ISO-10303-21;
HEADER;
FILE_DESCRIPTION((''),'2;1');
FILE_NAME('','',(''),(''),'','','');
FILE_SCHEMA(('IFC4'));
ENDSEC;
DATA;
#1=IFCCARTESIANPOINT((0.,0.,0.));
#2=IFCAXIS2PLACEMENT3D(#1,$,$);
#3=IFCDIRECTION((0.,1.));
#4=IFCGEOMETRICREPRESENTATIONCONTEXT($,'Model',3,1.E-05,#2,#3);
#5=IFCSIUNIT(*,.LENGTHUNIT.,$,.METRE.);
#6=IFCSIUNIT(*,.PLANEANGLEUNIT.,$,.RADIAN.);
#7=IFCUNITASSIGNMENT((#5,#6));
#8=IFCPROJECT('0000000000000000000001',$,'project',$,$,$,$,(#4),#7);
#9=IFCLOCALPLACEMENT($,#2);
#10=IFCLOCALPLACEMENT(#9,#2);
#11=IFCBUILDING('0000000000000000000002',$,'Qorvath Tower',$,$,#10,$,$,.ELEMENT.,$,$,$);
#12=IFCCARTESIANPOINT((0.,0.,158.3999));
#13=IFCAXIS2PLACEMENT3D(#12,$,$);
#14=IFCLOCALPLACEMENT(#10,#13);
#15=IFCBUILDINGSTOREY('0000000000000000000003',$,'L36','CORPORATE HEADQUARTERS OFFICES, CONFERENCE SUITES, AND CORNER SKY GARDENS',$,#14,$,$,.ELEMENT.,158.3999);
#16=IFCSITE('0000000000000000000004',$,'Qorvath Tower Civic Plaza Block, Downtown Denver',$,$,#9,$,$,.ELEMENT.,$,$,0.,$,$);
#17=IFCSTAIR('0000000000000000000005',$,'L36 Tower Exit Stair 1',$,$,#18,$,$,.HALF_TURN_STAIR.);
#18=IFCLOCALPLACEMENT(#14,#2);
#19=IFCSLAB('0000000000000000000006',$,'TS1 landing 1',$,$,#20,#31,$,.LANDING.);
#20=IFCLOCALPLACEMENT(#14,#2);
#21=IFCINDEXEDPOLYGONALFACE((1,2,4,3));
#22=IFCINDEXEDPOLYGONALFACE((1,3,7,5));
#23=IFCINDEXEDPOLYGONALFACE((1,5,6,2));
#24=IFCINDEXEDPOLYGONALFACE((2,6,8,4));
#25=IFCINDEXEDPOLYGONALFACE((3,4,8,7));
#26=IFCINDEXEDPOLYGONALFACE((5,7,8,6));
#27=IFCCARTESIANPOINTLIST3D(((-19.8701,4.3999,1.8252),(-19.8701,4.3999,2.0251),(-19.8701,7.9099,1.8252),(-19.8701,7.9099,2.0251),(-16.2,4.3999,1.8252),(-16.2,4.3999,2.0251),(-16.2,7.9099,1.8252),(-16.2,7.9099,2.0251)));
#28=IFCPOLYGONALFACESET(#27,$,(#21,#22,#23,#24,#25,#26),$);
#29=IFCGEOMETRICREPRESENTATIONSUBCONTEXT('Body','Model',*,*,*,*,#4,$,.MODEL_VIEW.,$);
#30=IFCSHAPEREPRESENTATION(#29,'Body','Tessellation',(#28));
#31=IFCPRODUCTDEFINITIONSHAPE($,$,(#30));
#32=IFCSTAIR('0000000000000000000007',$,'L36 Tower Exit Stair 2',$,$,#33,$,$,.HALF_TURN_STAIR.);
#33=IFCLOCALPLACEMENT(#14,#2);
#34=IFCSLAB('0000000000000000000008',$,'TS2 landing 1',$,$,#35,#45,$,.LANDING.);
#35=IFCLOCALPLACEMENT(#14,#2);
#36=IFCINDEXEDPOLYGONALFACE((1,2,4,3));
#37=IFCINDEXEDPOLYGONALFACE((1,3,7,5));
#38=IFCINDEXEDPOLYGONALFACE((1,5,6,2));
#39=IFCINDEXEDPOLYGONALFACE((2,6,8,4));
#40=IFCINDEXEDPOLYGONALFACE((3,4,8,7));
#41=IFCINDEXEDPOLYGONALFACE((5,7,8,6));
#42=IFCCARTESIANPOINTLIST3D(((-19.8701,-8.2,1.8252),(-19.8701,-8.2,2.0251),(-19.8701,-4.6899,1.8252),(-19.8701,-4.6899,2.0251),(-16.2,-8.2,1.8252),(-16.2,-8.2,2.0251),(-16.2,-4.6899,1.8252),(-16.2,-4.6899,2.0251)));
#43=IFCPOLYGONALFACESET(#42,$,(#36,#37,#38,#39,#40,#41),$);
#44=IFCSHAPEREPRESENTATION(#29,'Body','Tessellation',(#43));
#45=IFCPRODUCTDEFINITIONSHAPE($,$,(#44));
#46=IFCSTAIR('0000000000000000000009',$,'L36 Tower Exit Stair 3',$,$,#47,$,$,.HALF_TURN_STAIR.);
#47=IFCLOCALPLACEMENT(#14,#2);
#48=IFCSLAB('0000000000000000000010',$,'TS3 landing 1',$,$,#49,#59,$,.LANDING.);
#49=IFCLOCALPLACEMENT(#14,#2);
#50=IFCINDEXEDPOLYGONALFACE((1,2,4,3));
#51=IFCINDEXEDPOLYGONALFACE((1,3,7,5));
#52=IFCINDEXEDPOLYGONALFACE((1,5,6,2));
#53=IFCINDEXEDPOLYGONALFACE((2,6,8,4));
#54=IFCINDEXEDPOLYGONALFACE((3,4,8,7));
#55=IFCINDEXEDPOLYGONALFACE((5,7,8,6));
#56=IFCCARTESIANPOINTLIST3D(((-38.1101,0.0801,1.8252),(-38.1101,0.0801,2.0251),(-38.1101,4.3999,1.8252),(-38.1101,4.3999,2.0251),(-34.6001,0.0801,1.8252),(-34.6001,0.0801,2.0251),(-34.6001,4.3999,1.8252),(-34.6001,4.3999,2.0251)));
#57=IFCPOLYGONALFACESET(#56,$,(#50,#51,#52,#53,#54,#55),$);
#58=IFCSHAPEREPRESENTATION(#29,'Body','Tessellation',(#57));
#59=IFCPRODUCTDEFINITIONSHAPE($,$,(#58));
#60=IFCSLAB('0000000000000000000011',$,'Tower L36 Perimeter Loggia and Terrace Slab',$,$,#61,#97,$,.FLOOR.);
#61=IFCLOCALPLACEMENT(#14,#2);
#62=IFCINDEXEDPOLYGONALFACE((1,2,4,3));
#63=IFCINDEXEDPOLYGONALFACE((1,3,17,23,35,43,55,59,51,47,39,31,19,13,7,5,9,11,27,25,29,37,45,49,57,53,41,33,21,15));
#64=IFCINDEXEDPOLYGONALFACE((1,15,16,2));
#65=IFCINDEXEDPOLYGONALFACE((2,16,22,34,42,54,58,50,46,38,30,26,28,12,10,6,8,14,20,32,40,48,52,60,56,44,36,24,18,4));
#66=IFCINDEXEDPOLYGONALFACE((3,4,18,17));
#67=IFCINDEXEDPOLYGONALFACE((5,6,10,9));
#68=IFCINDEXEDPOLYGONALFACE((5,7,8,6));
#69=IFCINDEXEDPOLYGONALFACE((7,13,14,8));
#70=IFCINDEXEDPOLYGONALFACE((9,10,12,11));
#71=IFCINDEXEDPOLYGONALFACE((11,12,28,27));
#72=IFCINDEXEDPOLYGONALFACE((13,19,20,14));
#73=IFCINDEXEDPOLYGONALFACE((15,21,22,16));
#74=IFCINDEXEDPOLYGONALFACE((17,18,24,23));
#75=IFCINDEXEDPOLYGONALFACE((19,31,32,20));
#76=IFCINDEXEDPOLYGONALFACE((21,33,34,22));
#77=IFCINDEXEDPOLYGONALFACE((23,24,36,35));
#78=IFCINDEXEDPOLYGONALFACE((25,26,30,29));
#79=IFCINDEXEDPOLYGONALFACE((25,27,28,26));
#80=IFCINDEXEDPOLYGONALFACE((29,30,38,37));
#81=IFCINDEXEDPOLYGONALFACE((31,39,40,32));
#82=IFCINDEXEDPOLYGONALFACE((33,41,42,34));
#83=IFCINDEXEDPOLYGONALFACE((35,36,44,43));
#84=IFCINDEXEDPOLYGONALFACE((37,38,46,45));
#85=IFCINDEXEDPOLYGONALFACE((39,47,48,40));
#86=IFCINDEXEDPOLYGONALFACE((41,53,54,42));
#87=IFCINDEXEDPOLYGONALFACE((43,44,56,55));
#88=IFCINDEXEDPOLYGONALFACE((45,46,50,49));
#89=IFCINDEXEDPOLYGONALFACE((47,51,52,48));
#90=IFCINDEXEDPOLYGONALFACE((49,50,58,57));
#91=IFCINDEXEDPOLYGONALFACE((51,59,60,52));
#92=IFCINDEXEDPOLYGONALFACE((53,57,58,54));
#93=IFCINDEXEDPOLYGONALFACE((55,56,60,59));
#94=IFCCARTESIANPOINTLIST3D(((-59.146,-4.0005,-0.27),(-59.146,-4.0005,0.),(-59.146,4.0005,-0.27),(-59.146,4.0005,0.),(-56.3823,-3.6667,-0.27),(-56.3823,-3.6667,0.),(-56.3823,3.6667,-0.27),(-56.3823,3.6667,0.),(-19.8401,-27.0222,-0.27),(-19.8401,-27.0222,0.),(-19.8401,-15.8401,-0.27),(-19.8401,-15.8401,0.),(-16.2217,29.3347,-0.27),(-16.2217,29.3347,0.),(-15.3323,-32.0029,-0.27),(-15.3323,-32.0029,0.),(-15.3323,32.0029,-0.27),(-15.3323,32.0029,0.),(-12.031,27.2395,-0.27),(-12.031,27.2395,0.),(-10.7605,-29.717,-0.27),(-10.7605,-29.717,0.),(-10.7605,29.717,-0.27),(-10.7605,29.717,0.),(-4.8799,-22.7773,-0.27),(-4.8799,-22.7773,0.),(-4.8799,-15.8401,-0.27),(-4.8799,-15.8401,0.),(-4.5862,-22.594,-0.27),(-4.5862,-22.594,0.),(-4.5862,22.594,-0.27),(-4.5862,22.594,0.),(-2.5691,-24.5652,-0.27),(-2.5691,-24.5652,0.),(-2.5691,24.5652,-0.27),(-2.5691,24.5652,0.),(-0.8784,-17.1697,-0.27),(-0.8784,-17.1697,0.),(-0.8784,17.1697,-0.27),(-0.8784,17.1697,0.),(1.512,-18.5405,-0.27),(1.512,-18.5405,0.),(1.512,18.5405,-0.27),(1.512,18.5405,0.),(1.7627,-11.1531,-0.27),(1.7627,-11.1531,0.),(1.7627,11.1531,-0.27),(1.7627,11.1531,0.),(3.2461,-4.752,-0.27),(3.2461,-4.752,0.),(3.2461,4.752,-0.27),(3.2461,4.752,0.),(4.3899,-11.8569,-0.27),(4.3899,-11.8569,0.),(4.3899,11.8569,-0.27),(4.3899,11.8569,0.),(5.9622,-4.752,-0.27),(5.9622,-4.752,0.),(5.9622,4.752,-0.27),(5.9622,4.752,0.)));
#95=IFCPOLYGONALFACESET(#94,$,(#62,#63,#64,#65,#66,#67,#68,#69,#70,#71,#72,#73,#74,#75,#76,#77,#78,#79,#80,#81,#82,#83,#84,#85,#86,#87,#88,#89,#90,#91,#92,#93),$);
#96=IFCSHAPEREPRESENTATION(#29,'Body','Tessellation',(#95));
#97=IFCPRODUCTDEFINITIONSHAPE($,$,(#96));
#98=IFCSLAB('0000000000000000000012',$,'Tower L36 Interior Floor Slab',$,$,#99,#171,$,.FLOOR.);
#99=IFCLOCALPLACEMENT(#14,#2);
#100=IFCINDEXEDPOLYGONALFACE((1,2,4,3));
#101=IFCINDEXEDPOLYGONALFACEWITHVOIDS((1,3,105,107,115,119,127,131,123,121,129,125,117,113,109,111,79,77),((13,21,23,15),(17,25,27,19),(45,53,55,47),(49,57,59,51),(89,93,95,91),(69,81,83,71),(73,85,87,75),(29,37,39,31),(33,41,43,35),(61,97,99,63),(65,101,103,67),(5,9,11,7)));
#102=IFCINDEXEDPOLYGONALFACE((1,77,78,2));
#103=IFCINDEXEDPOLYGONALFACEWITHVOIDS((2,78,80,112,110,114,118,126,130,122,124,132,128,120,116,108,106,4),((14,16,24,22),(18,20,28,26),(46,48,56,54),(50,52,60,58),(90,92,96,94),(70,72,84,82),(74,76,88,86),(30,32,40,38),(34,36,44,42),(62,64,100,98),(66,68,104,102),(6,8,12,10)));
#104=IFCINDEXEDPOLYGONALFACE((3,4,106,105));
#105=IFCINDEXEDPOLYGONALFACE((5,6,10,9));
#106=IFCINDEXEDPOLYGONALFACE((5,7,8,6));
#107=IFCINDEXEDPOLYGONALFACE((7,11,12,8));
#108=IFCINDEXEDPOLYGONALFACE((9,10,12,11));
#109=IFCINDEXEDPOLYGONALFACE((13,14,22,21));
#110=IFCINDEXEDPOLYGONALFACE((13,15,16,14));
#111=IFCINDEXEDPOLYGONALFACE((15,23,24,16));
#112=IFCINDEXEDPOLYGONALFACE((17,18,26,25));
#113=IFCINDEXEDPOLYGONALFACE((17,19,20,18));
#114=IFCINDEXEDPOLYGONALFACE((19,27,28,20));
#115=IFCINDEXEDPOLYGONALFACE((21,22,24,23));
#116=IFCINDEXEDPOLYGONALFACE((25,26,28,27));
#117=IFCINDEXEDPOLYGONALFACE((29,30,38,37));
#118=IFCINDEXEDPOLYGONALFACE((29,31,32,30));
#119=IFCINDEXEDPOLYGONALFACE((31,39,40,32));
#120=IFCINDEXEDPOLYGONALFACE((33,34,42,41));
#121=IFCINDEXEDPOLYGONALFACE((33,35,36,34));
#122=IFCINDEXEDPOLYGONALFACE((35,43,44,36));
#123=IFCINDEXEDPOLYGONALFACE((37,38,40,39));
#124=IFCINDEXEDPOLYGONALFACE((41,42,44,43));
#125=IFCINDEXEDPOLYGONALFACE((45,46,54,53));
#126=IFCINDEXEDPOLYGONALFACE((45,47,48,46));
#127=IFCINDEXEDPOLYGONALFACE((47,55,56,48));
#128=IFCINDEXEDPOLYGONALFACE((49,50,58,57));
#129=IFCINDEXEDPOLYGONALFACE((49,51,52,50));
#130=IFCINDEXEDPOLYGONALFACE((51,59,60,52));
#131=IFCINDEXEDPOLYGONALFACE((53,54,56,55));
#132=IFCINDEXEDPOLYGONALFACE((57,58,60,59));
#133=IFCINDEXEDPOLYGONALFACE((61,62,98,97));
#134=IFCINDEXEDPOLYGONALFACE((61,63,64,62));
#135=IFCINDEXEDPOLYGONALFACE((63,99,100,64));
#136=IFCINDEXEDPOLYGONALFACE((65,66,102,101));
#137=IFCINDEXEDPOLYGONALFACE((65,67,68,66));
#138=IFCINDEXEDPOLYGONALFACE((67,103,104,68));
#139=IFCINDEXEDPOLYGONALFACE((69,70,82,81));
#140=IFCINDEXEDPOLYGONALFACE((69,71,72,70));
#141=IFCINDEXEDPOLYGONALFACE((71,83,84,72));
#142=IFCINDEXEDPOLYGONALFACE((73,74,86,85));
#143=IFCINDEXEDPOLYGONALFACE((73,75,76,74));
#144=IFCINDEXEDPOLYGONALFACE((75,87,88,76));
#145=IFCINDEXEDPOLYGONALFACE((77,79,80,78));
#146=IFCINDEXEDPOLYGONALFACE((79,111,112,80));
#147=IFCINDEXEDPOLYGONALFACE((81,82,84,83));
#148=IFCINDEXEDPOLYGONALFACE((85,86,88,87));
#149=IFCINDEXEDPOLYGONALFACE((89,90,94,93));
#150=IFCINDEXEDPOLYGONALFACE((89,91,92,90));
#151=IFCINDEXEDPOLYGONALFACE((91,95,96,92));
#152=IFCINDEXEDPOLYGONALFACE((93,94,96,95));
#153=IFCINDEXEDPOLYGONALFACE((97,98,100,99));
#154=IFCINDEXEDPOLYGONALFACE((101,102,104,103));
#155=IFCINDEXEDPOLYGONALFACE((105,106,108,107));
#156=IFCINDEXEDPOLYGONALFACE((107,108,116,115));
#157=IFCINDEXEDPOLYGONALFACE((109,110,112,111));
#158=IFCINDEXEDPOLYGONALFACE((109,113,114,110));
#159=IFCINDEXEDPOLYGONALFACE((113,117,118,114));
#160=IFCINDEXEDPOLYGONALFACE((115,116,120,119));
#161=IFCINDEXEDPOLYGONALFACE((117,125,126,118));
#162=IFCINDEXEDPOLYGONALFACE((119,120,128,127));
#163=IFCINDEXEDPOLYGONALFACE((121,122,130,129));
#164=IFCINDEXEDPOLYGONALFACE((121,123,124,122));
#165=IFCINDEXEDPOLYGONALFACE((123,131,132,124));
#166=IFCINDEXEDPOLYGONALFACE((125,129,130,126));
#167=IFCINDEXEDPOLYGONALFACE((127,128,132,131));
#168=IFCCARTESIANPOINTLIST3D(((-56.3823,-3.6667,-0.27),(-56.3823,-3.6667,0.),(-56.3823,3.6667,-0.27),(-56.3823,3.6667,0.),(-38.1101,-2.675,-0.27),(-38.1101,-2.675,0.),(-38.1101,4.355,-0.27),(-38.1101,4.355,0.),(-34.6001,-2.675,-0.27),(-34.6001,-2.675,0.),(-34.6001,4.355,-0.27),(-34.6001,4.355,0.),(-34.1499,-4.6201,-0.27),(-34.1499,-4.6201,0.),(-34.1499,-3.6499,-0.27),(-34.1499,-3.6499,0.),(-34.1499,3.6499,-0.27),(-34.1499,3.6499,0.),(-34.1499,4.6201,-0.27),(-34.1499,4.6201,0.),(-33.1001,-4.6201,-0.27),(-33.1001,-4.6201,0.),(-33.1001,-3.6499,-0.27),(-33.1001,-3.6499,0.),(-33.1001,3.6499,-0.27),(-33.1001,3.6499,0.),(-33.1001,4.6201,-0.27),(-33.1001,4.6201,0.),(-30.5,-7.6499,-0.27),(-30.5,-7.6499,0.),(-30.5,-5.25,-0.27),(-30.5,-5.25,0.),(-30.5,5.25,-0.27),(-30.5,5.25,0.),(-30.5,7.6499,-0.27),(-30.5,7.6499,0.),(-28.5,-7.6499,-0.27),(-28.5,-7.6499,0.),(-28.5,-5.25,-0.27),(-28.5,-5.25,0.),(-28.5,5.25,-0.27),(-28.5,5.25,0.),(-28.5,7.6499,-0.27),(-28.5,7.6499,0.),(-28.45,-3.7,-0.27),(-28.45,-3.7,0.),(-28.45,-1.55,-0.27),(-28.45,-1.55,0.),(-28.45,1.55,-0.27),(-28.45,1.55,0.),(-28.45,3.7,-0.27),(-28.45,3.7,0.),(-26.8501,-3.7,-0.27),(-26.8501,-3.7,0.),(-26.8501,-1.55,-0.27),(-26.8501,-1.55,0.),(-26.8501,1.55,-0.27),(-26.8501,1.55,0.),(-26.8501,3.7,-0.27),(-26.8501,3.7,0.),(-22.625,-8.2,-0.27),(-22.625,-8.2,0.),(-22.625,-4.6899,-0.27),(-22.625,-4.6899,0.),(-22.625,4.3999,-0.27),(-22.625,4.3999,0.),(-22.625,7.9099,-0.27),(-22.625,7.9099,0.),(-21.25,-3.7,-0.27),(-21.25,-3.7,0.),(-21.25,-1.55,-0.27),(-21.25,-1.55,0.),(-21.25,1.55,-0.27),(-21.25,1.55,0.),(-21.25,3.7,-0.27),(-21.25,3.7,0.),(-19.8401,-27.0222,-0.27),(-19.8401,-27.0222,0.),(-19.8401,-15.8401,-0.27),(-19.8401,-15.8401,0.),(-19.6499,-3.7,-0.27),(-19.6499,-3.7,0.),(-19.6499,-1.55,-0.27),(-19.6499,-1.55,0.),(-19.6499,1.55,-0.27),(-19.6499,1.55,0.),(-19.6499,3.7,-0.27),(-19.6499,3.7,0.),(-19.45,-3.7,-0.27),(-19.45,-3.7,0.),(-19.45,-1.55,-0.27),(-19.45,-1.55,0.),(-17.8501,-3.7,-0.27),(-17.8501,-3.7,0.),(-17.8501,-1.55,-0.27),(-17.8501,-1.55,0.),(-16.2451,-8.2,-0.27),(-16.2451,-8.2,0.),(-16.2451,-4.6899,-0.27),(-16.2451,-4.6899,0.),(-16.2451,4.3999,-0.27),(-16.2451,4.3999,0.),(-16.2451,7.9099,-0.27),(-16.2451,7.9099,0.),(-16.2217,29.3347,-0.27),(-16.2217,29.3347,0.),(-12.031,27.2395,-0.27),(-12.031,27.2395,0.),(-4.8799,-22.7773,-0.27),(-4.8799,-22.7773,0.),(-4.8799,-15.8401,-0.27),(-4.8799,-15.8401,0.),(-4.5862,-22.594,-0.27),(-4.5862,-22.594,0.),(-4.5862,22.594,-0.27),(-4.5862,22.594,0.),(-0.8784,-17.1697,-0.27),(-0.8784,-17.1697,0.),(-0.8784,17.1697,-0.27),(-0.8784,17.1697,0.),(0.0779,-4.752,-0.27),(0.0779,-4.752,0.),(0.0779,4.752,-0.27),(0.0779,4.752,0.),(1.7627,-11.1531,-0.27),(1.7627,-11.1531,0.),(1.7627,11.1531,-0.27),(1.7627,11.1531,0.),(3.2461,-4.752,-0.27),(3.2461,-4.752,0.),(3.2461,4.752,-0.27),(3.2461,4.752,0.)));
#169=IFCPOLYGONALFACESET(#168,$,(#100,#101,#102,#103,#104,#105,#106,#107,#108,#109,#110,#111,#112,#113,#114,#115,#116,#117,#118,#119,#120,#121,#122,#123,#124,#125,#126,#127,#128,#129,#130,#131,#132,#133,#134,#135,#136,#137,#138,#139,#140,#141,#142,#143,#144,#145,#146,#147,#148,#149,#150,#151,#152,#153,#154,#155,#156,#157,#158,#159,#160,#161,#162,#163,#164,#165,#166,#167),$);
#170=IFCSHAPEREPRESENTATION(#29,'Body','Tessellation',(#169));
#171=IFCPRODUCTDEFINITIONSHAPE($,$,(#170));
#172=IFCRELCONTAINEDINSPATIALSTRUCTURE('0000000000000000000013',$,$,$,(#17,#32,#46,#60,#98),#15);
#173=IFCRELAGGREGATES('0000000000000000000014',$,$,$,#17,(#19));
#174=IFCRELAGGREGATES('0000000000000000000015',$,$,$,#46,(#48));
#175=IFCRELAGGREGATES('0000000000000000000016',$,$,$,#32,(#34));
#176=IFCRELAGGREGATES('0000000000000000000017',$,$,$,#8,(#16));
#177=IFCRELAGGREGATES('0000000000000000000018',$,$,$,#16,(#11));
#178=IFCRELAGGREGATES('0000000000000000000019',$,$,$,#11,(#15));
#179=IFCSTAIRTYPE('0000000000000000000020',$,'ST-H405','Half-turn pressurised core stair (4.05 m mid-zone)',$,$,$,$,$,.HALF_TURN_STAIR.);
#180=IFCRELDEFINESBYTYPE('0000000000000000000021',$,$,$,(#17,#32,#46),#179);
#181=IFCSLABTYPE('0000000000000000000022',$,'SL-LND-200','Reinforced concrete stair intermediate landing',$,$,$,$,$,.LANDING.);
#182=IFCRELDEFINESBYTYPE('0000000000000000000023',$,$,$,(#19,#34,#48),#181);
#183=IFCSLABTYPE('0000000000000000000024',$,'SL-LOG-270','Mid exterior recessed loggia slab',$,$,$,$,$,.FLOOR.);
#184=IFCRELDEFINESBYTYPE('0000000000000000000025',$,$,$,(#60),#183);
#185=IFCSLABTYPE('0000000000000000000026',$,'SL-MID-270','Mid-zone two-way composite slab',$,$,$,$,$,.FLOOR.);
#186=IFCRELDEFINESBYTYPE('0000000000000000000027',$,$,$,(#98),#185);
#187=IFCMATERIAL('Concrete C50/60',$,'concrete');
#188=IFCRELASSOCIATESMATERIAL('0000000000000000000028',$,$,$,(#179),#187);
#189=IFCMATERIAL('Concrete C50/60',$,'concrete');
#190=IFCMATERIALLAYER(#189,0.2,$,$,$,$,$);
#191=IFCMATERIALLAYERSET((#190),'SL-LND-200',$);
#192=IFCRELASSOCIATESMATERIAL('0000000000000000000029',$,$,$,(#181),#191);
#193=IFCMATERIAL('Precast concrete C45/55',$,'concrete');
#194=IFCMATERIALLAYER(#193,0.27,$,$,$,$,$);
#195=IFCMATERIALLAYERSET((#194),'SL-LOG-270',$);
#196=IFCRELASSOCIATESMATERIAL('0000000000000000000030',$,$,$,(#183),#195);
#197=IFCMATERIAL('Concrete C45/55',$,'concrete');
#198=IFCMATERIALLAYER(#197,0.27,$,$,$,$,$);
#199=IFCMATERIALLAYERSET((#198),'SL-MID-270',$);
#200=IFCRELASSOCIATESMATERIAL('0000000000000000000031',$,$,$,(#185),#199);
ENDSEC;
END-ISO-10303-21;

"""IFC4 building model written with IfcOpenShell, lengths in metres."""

from ifc_helpers import new_model, si_unit, direction, frame, origin, place, context, subcontext, project, spatial, polyline, outline, extrude, material, layer, layer_set, type_object, element, aggregate, save


model = new_model("IFC4")

# Units and contexts
model_context = context("Model", 3, precision=1e-05, world=origin(), true_north=direction((0.0, 1.0)))
body_context = subcontext(model_context, "Body", "Model", "MODEL_VIEW")
ifc_project = project(units=[si_unit("LENGTHUNIT", "METRE"), si_unit("PLANEANGLEUNIT", "RADIAN")], contexts=[model_context])

# Site, building, storey
site_placement = place(None, origin())
site = spatial("IfcSite", under=ifc_project, at=site_placement, Name="Qorvath Tower Civic Plaza Block, Downtown Denver", CompositionType="ELEMENT", RefElevation=0.0)
building_placement = place(site_placement, origin())
building = spatial("IfcBuilding", under=site, at=building_placement, Name="Qorvath Tower", CompositionType="ELEMENT")
storey_placement = place(building_placement, frame((0.0, 0.0, 158.3999)))
storey = spatial("IfcBuildingStorey", under=building, at=storey_placement, Name="L36", Description="CORPORATE HEADQUARTERS OFFICES, CONFERENCE SUITES, AND CORNER SKY GARDENS", CompositionType="ELEMENT", Elevation=158.3999)

# Stairs, slabs
ifc_material_1 = material(Name="Concrete C50/60", Category="concrete")
stair_type = type_object("IfcStairType", Name="ST-H405", Description="Half-turn pressurised core stair (4.05 m mid-zone)", PredefinedType="HALF_TURN_STAIR", material=ifc_material_1)
stair_1_placement = place(storey_placement, origin())
stair_1 = element("IfcStair", 1, at=stair_1_placement, inside=storey, type_object=stair_type, Name="L36 Tower Exit Stair 1", PredefinedType="HALF_TURN_STAIR")
ifc_material_2 = material(Name="Concrete C50/60", Category="concrete")
ifc_layer_1 = layer(ifc_material_2, 0.2)
ifc_layer_set_1 = layer_set([ifc_layer_1], Name="SL-LND-200")
slab_type_1 = type_object("IfcSlabType", Name="SL-LND-200", Description="Reinforced concrete stair intermediate landing", PredefinedType="LANDING", material=ifc_layer_set_1)
slab_1_placement = place(storey_placement, frame((0.0, 0.0, 1.8252)))
slab_1 = element("IfcSlab", 2, at=slab_1_placement, type_object=slab_type_1, Name="TS1 landing 1", PredefinedType="LANDING", context=body_context, shape_type="SweptSolid", body=[
    extrude(outline(polyline([(-19.8701, 4.3999), (-16.2, 4.3999), (-16.2, 7.9099), (-19.8701, 7.9099), (-19.8701, 4.3999)])), origin(), (0.0, 0.0, 1.0), 0.2),
])
aggregate(stair_1, [slab_1])
stair_2_placement = place(storey_placement, origin())
stair_2 = element("IfcStair", 3, at=stair_2_placement, inside=storey, type_object=stair_type, Name="L36 Tower Exit Stair 2", PredefinedType="HALF_TURN_STAIR")
slab_2_placement = place(storey_placement, frame((0.0, 0.0, 1.8252)))
slab_2 = element("IfcSlab", 4, at=slab_2_placement, type_object=slab_type_1, Name="TS2 landing 1", PredefinedType="LANDING", context=body_context, shape_type="SweptSolid", body=[
    extrude(outline(polyline([(-19.8701, -8.2), (-16.2, -8.2), (-16.2, -4.6899), (-19.8701, -4.6899), (-19.8701, -8.2)])), origin(), (0.0, 0.0, 1.0), 0.2),
])
stair_3_placement = place(storey_placement, origin())
stair_3 = element("IfcStair", 5, at=stair_3_placement, inside=storey, type_object=stair_type, Name="L36 Tower Exit Stair 3", PredefinedType="HALF_TURN_STAIR")
slab_3_placement = place(storey_placement, frame((0.0, 0.0, 1.8252)))
slab_3 = element("IfcSlab", 6, at=slab_3_placement, type_object=slab_type_1, Name="TS3 landing 1", PredefinedType="LANDING", context=body_context, shape_type="SweptSolid", body=[
    extrude(outline(polyline([(-34.6001, 0.0801), (-34.6001, 4.3999), (-38.1101, 4.3999), (-38.1101, 0.0801), (-34.6001, 0.0801)])), origin(), (0.0, 0.0, 1.0), 0.2),
])
aggregate(stair_3, [slab_3])

# Slabs
ifc_material_3 = material(Name="Precast concrete C45/55", Category="concrete")
ifc_layer_2 = layer(ifc_material_3, 0.27)
ifc_layer_set_2 = layer_set([ifc_layer_2], Name="SL-LOG-270")
slab_type_2 = type_object("IfcSlabType", Name="SL-LOG-270", Description="Mid exterior recessed loggia slab", PredefinedType="FLOOR", material=ifc_layer_set_2)
slab_4_placement = place(storey_placement, frame((0.0, 0.0, -0.27)))
element("IfcSlab", 7, at=slab_4_placement, inside=storey, type_object=slab_type_2, Name="Tower L36 Perimeter Loggia and Terrace Slab", PredefinedType="FLOOR", context=body_context, shape_type="SweptSolid", body=[
    extrude(outline(polyline([(-10.7605, 29.717), (-15.3323, 32.0029), (-59.146, 4.0005), (-59.146, -4.0005), (-15.3323, -32.0029), (-10.7605, -29.717), (-2.5691, -24.5652), (1.512, -18.5405), (4.3899, -11.8569), (5.9622, -4.752), (3.2461, -4.752), (1.7627, -11.1531), (-0.8784, -17.1697), (-4.5862, -22.594), (-4.8799, -22.7773), (-4.8799, -15.8401), (-19.8401, -15.8401), (-19.8401, -27.0222), (-56.3823, -3.6667), (-56.3823, 3.6667), (-16.2217, 29.3347), (-12.031, 27.2395), (-4.5862, 22.594), (-0.8784, 17.1697), (1.7627, 11.1531), (3.2461, 4.752), (5.9622, 4.752), (4.3899, 11.8569), (1.512, 18.5405), (-2.5691, 24.5652), (-10.7605, 29.717)])), origin(), (0.0, 0.0, 1.0), 0.27),
])
ifc_material_4 = material(Name="Concrete C45/55", Category="concrete")
ifc_layer_3 = layer(ifc_material_4, 0.27)
ifc_layer_set_3 = layer_set([ifc_layer_3], Name="SL-MID-270")
slab_type_3 = type_object("IfcSlabType", Name="SL-MID-270", Description="Mid-zone two-way composite slab", PredefinedType="FLOOR", material=ifc_layer_set_3)
slab_5_placement = place(storey_placement, frame((0.0, 0.0, -0.27)))
element("IfcSlab", 8, at=slab_5_placement, inside=storey, type_object=slab_type_3, Name="Tower L36 Interior Floor Slab", PredefinedType="FLOOR", context=body_context, shape_type="SweptSolid", body=[
    extrude(outline(polyline([(-56.3823, -3.6667), (-19.8401, -27.0222), (-19.8401, -15.8401), (-4.8799, -15.8401), (-4.8799, -22.7773), (-4.5862, -22.594), (-0.8784, -17.1697), (1.7627, -11.1531), (3.2461, -4.752), (0.0779, -4.752), (0.0779, 4.752), (3.2461, 4.752), (1.7627, 11.1531), (-0.8784, 17.1697), (-4.5862, 22.594), (-12.031, 27.2395), (-16.2217, 29.3347), (-56.3823, 3.6667), (-56.3823, -3.6667)]), holes=[polyline([(-16.2451, -8.2), (-22.625, -8.2), (-22.625, -4.6899), (-16.2451, -4.6899), (-16.2451, -8.2)]), polyline([(-22.625, 4.3999), (-22.625, 7.9099), (-16.2451, 7.9099), (-16.2451, 4.3999), (-22.625, 4.3999)]), polyline([(-17.8501, -3.7), (-19.45, -3.7), (-19.45, -1.55), (-17.8501, -1.55), (-17.8501, -3.7)]), polyline([(-21.25, -3.7), (-21.25, -1.55), (-19.6499, -1.55), (-19.6499, -3.7), (-21.25, -3.7)]), polyline([(-21.25, 1.55), (-21.25, 3.7), (-19.6499, 3.7), (-19.6499, 1.55), (-21.25, 1.55)]), polyline([(-28.45, -3.7), (-28.45, -1.55), (-26.8501, -1.55), (-26.8501, -3.7), (-28.45, -3.7)]), polyline([(-26.8501, 1.55), (-28.45, 1.55), (-28.45, 3.7), (-26.8501, 3.7), (-26.8501, 1.55)]), polyline([(-28.5, -7.6499), (-30.5, -7.6499), (-30.5, -5.25), (-28.5, -5.25), (-28.5, -7.6499)]), polyline([(-30.5, 5.25), (-30.5, 7.6499), (-28.5, 7.6499), (-28.5, 5.25), (-30.5, 5.25)]), polyline([(-34.1499, -4.6201), (-34.1499, -3.6499), (-33.1001, -3.6499), (-33.1001, -4.6201), (-34.1499, -4.6201)]), polyline([(-34.1499, 3.6499), (-34.1499, 4.6201), (-33.1001, 4.6201), (-33.1001, 3.6499), (-34.1499, 3.6499)]), polyline([(-34.6001, -2.675), (-38.1101, -2.675), (-38.1101, 4.355), (-34.6001, 4.355), (-34.6001, -2.675)])]), origin(), (0.0, 0.0, 1.0), 0.27),
])

aggregate(stair_2, [slab_2])

save(model, "model.ifc")
